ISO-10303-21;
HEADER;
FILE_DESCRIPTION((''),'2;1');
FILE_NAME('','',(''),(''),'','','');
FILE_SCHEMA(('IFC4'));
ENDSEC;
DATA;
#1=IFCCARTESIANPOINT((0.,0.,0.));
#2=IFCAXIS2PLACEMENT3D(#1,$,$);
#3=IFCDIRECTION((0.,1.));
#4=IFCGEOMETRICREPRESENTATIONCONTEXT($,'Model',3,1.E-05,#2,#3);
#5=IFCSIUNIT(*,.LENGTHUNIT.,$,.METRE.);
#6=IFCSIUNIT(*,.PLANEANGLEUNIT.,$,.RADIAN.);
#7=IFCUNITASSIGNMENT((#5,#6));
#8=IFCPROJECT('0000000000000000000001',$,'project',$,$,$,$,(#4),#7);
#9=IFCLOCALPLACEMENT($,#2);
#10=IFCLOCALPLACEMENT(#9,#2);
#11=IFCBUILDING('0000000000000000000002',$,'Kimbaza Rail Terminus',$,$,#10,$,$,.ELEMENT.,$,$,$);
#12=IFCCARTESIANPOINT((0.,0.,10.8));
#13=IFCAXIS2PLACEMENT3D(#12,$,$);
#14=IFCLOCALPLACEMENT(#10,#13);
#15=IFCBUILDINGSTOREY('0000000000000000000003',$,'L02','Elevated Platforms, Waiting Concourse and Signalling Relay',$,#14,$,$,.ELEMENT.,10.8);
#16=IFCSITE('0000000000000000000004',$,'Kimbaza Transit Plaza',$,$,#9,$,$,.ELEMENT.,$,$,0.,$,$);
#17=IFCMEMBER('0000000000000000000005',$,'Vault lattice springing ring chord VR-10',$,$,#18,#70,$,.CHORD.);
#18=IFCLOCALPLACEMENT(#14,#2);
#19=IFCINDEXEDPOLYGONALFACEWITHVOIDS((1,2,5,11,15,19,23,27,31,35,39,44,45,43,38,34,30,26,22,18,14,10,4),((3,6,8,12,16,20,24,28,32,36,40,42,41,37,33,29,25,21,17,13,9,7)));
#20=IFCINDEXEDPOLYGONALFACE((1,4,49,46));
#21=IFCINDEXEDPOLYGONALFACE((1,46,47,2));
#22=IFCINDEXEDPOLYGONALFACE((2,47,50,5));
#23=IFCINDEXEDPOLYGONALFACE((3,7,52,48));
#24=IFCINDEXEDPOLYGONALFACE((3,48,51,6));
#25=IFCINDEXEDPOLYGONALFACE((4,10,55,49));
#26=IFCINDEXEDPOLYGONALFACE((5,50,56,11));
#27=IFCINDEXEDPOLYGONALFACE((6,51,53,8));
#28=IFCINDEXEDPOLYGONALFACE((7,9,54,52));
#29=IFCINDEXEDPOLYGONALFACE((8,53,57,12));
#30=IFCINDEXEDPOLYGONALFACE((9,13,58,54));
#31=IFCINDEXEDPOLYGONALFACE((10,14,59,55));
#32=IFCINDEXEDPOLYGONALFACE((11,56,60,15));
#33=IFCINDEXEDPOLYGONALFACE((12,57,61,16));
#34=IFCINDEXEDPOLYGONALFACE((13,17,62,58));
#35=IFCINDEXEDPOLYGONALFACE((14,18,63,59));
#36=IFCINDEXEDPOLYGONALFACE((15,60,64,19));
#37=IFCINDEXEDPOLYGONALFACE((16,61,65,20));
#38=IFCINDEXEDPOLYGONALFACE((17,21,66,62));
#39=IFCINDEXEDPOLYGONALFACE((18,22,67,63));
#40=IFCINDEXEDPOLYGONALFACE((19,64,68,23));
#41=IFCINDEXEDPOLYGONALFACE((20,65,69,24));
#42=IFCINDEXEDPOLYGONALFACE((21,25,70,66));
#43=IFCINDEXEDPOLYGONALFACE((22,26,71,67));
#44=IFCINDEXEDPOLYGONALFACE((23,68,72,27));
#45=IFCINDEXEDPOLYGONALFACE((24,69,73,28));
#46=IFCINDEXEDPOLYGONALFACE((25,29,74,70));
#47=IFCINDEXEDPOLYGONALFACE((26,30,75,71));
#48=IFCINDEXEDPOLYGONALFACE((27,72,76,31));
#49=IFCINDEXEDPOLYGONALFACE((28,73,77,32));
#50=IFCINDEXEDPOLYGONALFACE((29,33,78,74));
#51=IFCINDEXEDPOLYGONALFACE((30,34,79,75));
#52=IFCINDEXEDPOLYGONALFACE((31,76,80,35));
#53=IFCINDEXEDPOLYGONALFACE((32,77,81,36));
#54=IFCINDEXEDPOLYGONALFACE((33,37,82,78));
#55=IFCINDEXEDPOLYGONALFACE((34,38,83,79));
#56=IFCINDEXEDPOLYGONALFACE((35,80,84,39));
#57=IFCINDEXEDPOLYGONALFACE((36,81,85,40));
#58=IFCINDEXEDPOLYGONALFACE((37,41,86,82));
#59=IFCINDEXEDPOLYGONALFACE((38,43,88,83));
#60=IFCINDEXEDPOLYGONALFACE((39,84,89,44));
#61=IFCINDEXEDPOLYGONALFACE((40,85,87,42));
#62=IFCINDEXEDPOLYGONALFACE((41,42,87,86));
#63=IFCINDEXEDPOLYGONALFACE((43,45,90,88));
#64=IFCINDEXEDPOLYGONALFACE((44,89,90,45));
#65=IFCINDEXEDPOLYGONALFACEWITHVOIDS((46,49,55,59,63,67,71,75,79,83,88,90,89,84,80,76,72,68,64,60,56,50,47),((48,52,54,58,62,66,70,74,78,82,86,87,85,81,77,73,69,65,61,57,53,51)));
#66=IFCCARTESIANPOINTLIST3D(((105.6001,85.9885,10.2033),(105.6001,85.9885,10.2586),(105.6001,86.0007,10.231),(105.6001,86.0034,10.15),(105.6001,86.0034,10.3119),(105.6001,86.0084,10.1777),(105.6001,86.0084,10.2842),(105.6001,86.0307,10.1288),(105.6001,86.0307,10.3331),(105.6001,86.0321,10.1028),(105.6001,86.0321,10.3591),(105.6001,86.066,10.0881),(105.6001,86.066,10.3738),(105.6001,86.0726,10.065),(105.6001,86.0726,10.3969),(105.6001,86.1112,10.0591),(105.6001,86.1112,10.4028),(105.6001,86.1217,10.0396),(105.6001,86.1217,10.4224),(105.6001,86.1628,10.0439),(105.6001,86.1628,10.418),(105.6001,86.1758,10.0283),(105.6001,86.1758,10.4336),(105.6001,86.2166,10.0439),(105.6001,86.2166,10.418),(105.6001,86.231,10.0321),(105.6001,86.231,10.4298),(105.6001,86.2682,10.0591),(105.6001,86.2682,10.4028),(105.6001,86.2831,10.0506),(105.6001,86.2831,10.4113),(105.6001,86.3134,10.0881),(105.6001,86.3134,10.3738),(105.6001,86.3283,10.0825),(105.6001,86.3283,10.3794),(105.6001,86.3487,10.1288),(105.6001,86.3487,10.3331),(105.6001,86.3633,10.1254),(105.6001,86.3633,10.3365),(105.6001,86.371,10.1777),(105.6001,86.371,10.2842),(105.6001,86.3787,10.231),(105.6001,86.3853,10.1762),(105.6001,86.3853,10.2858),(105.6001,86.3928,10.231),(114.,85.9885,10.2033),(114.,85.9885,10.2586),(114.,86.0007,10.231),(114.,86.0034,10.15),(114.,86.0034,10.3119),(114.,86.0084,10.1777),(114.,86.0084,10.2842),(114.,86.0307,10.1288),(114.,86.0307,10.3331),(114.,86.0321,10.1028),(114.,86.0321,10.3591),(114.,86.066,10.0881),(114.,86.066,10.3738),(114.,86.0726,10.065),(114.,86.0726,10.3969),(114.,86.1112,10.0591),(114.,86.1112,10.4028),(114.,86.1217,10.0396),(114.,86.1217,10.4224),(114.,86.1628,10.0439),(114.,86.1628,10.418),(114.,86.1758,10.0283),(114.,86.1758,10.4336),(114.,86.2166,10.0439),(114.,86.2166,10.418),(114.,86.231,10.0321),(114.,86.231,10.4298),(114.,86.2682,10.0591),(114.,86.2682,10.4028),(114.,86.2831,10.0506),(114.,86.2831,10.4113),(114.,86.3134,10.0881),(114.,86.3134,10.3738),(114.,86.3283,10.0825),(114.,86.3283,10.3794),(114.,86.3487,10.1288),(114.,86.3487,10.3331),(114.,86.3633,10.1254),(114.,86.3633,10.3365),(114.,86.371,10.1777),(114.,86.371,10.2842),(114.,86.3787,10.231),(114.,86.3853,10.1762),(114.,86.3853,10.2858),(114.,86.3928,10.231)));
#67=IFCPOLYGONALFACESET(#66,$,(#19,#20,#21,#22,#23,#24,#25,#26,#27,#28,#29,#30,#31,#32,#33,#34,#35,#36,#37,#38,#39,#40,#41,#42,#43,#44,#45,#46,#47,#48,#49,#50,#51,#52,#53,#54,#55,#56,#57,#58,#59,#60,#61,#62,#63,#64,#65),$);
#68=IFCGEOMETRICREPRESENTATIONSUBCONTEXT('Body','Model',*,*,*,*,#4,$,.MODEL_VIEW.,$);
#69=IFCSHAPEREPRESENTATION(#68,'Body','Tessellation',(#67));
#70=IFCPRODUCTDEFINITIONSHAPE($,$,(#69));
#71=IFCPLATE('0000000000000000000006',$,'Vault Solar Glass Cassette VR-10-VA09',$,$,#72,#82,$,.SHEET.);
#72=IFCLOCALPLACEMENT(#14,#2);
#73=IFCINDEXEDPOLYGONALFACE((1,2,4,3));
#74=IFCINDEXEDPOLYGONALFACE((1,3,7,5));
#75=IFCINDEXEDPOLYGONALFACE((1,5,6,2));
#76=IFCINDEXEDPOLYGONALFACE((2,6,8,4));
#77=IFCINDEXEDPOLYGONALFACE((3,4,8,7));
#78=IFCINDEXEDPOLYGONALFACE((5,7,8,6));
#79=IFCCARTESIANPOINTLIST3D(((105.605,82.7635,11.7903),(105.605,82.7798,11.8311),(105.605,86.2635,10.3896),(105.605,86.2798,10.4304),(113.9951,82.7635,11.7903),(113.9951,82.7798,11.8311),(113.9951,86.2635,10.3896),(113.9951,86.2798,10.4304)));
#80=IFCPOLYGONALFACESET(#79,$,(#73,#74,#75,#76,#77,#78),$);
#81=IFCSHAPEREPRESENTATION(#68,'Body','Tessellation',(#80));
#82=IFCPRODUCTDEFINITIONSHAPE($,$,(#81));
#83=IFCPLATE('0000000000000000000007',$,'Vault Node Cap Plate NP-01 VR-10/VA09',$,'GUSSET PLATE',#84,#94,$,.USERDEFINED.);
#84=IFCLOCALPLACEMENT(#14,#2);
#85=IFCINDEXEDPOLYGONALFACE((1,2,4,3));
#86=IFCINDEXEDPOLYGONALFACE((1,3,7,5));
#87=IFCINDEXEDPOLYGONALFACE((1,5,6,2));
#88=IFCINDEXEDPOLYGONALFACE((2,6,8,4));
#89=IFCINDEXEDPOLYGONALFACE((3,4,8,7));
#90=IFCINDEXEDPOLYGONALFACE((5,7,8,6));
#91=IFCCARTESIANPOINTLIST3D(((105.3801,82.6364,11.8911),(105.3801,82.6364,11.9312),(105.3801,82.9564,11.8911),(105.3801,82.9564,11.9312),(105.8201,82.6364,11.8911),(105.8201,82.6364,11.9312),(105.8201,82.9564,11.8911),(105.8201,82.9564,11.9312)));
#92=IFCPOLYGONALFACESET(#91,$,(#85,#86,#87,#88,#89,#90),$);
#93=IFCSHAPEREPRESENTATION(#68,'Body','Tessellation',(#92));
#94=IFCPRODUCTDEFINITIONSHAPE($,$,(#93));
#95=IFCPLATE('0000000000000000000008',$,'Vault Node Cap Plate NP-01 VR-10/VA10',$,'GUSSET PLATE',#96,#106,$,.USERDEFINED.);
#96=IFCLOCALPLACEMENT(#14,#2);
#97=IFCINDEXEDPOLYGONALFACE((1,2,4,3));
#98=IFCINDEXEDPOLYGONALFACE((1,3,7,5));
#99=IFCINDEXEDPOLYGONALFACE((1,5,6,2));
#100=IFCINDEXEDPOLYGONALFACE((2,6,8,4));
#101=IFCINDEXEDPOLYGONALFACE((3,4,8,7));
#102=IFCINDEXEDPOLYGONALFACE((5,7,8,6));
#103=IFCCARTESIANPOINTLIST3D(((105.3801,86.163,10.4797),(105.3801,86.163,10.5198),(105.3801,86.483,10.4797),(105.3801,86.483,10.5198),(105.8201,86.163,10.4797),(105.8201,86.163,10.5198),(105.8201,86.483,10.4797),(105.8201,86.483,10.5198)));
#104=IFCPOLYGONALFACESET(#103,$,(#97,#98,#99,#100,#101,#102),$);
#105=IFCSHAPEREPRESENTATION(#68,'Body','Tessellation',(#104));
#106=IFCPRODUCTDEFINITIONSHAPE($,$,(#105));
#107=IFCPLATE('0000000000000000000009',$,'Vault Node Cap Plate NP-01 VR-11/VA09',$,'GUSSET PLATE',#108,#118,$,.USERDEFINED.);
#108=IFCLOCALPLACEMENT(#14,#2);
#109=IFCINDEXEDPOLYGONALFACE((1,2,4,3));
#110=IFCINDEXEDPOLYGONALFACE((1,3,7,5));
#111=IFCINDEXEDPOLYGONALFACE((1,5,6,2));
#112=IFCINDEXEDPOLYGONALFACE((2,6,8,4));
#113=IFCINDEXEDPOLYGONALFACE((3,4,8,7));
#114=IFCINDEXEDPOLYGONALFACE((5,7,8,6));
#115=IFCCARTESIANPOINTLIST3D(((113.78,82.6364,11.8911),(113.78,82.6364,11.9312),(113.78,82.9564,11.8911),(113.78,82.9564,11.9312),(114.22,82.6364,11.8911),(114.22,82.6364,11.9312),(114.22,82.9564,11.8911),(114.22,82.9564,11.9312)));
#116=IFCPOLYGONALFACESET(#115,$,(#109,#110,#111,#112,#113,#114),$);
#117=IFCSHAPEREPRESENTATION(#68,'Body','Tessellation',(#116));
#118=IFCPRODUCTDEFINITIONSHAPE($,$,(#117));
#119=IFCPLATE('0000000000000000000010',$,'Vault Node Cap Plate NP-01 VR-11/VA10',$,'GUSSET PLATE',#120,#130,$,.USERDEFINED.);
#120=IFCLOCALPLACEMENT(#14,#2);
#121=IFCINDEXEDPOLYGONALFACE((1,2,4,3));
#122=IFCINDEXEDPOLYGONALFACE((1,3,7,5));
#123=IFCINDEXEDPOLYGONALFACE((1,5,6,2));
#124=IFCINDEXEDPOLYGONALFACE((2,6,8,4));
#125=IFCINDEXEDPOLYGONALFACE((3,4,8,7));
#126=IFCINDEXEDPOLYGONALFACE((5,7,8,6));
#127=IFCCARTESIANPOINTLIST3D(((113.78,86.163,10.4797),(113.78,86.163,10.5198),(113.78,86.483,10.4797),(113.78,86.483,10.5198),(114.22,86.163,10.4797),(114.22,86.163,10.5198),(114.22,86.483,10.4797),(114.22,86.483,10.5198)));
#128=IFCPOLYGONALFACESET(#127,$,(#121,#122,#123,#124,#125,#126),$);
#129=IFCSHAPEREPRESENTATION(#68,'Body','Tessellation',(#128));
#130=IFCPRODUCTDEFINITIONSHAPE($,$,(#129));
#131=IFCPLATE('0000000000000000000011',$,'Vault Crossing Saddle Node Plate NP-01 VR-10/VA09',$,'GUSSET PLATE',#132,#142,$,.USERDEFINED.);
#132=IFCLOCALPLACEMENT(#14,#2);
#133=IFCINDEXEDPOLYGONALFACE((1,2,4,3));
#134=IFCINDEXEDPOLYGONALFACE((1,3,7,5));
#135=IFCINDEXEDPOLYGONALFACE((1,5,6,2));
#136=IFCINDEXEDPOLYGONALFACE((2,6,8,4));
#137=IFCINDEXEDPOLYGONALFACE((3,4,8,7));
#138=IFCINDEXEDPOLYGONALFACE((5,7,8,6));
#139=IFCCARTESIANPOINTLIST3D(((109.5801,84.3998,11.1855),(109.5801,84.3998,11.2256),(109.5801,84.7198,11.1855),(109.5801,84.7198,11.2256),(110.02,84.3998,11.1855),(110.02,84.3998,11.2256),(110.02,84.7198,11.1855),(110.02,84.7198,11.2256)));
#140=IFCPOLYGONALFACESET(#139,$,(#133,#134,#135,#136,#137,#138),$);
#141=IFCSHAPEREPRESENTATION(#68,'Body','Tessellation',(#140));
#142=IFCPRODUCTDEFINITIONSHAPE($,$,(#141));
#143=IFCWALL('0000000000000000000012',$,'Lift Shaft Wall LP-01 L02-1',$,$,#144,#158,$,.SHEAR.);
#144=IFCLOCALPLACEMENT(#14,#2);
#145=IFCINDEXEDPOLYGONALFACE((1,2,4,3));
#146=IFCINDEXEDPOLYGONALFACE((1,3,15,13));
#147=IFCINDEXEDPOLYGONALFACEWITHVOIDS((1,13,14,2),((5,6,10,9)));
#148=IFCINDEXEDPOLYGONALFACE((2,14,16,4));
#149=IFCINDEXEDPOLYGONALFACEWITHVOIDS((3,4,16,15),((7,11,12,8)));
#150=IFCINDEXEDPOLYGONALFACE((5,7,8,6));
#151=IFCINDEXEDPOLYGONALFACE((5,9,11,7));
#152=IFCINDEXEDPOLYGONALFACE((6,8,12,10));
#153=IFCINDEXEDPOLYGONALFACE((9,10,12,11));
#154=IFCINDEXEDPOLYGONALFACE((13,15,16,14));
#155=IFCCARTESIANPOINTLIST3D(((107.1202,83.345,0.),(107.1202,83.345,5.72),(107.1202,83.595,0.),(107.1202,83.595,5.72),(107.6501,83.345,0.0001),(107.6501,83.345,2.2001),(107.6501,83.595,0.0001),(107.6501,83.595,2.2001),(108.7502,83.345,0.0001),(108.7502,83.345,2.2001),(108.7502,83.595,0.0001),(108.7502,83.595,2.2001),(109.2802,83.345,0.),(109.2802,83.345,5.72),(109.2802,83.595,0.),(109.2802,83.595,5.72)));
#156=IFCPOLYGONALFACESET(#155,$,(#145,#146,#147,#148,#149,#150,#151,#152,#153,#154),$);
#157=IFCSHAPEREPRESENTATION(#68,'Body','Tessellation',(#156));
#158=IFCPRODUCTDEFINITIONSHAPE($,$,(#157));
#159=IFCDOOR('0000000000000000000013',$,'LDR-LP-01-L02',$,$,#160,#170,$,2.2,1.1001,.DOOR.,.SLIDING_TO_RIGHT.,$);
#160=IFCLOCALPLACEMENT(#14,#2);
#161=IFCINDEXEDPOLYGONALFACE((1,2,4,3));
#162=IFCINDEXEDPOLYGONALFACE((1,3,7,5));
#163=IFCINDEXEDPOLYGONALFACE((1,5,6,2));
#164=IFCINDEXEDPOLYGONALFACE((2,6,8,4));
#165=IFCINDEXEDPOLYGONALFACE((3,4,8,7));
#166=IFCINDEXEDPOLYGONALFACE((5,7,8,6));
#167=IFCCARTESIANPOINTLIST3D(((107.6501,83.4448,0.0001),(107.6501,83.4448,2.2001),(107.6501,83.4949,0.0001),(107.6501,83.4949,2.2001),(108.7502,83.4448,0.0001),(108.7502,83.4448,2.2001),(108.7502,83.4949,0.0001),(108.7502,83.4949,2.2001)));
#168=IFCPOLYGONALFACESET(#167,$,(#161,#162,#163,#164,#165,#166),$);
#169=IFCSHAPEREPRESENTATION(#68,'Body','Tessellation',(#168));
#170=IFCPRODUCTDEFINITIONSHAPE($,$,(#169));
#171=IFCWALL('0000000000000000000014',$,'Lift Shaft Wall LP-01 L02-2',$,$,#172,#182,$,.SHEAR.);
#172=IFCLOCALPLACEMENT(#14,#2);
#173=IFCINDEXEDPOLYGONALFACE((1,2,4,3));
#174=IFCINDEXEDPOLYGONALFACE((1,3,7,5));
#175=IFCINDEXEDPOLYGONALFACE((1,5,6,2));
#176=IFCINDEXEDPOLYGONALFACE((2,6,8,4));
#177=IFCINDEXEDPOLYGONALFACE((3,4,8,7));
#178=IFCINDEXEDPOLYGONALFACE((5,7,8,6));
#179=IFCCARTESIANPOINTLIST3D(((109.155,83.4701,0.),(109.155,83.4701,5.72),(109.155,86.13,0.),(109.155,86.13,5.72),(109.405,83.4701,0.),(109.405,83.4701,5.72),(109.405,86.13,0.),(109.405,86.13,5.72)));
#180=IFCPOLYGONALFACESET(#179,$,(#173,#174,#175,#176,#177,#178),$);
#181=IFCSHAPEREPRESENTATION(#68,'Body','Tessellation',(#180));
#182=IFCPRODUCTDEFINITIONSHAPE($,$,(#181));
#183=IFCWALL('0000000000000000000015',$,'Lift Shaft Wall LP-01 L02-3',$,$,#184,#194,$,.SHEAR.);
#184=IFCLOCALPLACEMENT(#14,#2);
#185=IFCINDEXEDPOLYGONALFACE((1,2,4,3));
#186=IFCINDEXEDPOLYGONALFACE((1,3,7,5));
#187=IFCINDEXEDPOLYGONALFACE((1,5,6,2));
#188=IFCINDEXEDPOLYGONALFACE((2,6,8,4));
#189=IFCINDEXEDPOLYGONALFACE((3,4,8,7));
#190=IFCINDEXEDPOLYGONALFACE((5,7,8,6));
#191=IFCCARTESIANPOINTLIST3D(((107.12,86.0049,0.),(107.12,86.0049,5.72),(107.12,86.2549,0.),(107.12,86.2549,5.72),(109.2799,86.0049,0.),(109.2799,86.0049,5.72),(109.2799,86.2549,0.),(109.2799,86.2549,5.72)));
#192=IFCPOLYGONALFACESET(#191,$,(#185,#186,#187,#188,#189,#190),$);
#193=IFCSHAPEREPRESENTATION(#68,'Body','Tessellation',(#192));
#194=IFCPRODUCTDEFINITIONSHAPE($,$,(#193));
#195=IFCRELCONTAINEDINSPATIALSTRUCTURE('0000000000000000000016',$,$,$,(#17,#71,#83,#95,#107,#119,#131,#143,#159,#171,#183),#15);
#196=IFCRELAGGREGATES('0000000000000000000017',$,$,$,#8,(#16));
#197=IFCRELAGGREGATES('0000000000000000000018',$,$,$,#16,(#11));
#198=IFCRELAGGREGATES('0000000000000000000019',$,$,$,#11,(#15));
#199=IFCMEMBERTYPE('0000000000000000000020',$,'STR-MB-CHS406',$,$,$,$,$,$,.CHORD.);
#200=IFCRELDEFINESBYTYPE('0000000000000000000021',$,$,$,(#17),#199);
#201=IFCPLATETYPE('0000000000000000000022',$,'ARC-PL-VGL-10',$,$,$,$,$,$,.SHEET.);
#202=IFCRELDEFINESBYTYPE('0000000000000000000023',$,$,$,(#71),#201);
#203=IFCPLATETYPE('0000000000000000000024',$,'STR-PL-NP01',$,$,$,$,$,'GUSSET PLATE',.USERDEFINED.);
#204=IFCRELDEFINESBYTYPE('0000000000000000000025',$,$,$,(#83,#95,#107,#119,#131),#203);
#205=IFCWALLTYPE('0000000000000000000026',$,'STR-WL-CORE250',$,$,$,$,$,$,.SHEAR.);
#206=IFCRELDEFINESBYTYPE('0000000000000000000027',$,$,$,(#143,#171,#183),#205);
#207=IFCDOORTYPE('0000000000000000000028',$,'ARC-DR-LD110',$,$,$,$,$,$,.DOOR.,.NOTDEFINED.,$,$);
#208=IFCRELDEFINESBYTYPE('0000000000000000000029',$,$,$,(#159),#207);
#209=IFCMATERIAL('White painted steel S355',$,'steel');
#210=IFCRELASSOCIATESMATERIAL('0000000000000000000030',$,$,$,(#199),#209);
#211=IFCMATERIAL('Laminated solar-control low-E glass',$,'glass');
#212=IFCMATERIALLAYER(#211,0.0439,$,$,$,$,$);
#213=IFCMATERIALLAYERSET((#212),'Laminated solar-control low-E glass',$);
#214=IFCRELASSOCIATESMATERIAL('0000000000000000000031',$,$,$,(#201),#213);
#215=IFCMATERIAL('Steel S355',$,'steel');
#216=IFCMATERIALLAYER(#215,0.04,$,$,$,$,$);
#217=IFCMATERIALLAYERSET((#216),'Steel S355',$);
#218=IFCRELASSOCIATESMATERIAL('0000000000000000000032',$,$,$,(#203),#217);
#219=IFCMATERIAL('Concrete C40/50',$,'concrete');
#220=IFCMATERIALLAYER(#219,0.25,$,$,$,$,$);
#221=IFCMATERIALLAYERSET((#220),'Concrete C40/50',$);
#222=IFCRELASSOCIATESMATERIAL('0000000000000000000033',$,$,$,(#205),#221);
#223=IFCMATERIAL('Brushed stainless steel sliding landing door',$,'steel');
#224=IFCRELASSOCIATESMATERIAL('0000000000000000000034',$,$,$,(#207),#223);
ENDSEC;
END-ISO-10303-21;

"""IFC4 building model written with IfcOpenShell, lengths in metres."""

from ifc_helpers import new_model, si_unit, direction, frame, frame_2d, origin, origin_2d, place, context, subcontext, project, spatial, polyline, rectangle, hollow_circle, outline, extrude, material, layer, layer_set, material_profile, profile_set, type_object, element, fill, save


model = new_model("IFC4")

# Units and contexts
model_context = context("Model", 3, precision=1e-05, world=origin(), true_north=direction((0.0, 1.0)))
body_context = subcontext(model_context, "Body", "Model", "MODEL_VIEW")
ifc_project = project(units=[si_unit("LENGTHUNIT", "METRE"), si_unit("PLANEANGLEUNIT", "RADIAN")], contexts=[model_context])

# Site, building, storey
site_placement = place(None, origin())
site = spatial("IfcSite", under=ifc_project, at=site_placement, Name="Kimbaza Transit Plaza", CompositionType="ELEMENT", RefElevation=0.0)
building_placement = place(site_placement, origin())
building = spatial("IfcBuilding", under=site, at=building_placement, Name="Kimbaza Rail Terminus", CompositionType="ELEMENT")
storey_placement = place(building_placement, frame((0.0, 0.0, 10.8)))
storey = spatial("IfcBuildingStorey", under=building, at=storey_placement, Name="L02", Description="Elevated Platforms, Waiting Concourse and Signalling Relay", CompositionType="ELEMENT", Elevation=10.8)

# Member
ifc_material_1 = material(Name="White painted steel S355", Category="steel")
ifc_material_profile_1 = material_profile(ifc_material_1, hollow_circle(Radius=0.2031, WallThickness=0.0142, at=origin_2d()), Name="CHS 406.4x14.2")
ifc_profile_set_1 = profile_set([ifc_material_profile_1], Name="White painted steel S355")
member_type_1 = type_object("IfcMemberType", Name="STR-MB-CHS406", PredefinedType="CHORD", material=ifc_profile_set_1)
member_1_placement = place(storey_placement, frame((105.6001, 86.1897, 10.231), z_axis=(1.0, 0.0, 0.0), x_axis=(0.0, 1.0, 0.0)))
element("IfcMember", 1, at=member_1_placement, inside=storey, type_object=member_type_1, Name="Vault lattice springing ring chord VR-10", PredefinedType="CHORD", context=body_context, shape_type="SweptSolid", body=[
    extrude(hollow_circle(Radius=0.2031, WallThickness=0.0142, at=origin_2d()), origin(), (0.0, 0.0, 1.0), 8.3999),
])

# Plates
ifc_material_2 = material(Name="Laminated solar-control low-E glass", Category="glass")
ifc_layer_1 = layer(ifc_material_2, 0.0439)
ifc_layer_set_1 = layer_set([ifc_layer_1], Name="Laminated solar-control low-E glass")
plate_type_1 = type_object("IfcPlateType", Name="ARC-PL-VGL-10", PredefinedType="SHEET", material=ifc_layer_set_1)
plate_placement = place(storey_placement, frame((105.605, 82.7798, 11.8311), z_axis=(0.0, 0.371536, 0.928419), x_axis=(1.0, 0.0, 0.0)))
element("IfcPlate", 2, at=plate_placement, inside=storey, type_object=plate_type_1, Name="Vault Solar Glass Cassette VR-10-VA09", PredefinedType="SHEET", context=body_context, shape_type="SweptSolid", body=[
    extrude(outline(polyline([(0.0, 0.0), (8.3901, 0.0), (8.3901, 3.7699), (0.0, 3.7699), (0.0, 0.0)])), origin(), (0.0, 0.0, -1.0), 0.0439),
])
ifc_material_3 = material(Name="Steel S355", Category="steel")
ifc_layer_2 = layer(ifc_material_3, 0.04)
ifc_layer_set_2 = layer_set([ifc_layer_2], Name="Steel S355")
plate_type_2 = type_object("IfcPlateType", Name="STR-PL-NP01", ElementType="GUSSET PLATE", PredefinedType="USERDEFINED", material=ifc_layer_set_2)
for number, where, z_axis, x_axis, name in (
    (3, (105.6001, 82.7964, 11.8911), (0.0, 0.0, 1.0), (1.0, 0.0, 0.0), "Vault Node Cap Plate NP-01 VR-10/VA09"),
    (4, (105.6001, 86.323, 10.4797), (0.0, 0.0, 1.0), (1.0, 0.0, 0.0), "Vault Node Cap Plate NP-01 VR-10/VA10"),
    (5, (114.0, 82.7964, 11.8911), (0.0, 0.0, 1.0), (1.0, 0.0, 0.0), "Vault Node Cap Plate NP-01 VR-11/VA09"),
    (6, (114.0, 86.323, 10.4797), (0.0, 0.0, 1.0), (1.0, 0.0, 0.0), "Vault Node Cap Plate NP-01 VR-11/VA10"),
    (7, (109.8, 84.5598, 11.1855), (0.0, 0.0, 1.0), (1.0, 0.0, 0.0), "Vault Crossing Saddle Node Plate NP-01 VR-10/VA09"),
):
    element("IfcPlate", number, at=place(storey_placement, frame(where, z_axis=z_axis, x_axis=x_axis)), inside=storey, type_object=plate_type_2, Name=name, ObjectType="GUSSET PLATE", PredefinedType="USERDEFINED", context=body_context, shape_type="SweptSolid", body=[
        extrude(rectangle(XDim=0.4399, YDim=0.3201, at=origin_2d()), origin(), (0.0, 0.0, 1.0), 0.04),
    ])

# Wall, opening, door
ifc_material_4 = material(Name="Concrete C40/50", Category="concrete")
ifc_layer_3 = layer(ifc_material_4, 0.25)
ifc_layer_set_3 = layer_set([ifc_layer_3], Name="Concrete C40/50")
wall_type = type_object("IfcWallType", Name="STR-WL-CORE250", PredefinedType="SHEAR", material=ifc_layer_set_3)
wall_1_placement = place(storey_placement, frame((107.1201, 83.47, 0.0), z_axis=(0.0, 0.0, 1.0), x_axis=(1.0, 0.0, 0.0)))
wall_1 = element("IfcWall", 8, at=wall_1_placement, inside=storey, type_object=wall_type, Name="Lift Shaft Wall LP-01 L02-1", PredefinedType="SHEAR", context=body_context, shape_type="SweptSolid", body=[
    extrude(rectangle(XDim=2.1599, YDim=0.25, at=frame_2d((1.0801, 0.0))), origin(), (0.0, 0.0, 1.0), 5.72),
])
opening_1_placement = place(wall_1_placement, frame((0.53, 0.0, 0.0)))
opening_1 = element("IfcOpeningElement", 9, at=opening_1_placement, cuts=wall_1, PredefinedType="OPENING", context=body_context, shape_type="SweptSolid", body=[
    extrude(rectangle(XDim=1.1001, YDim=2.2, at=frame_2d((0.55, 1.1001))), frame((0.0, 0.135, 0.0), z_axis=(0.0, -1.0, 0.0), x_axis=(1.0, 0.0, 0.0)), (0.0, 0.0, 1.0), 0.27),
])
ifc_material_5 = material(Name="Brushed stainless steel sliding landing door", Category="steel")
door_type = type_object("IfcDoorType", Name="ARC-DR-LD110", OperationType="NOTDEFINED", PredefinedType="DOOR", material=ifc_material_5)
door_1_placement = place(opening_1_placement, origin())
door_1 = element("IfcDoor", 10, at=door_1_placement, inside=storey, type_object=door_type, Name="LDR-LP-01-L02", OperationType="SLIDING_TO_RIGHT", OverallHeight=2.2, OverallWidth=1.1001, PredefinedType="DOOR", context=body_context, shape_type="SweptSolid", body=[
    extrude(rectangle(XDim=1.1001, YDim=2.2, at=frame_2d((0.55, 1.1001))), frame((0.0, 0.0249, 0.0), z_axis=(0.0, -1.0, 0.0), x_axis=(1.0, 0.0, 0.0)), (0.0, 0.0, 1.0), 0.05),
])
fill(opening_1, door_1)

# Walls
wall_2_placement = place(storey_placement, frame((109.28, 83.47, 0.0), z_axis=(0.0, 0.0, 1.0), x_axis=(0.0, 1.0, 0.0)))
element("IfcWall", 11, at=wall_2_placement, inside=storey, type_object=wall_type, Name="Lift Shaft Wall LP-01 L02-2", PredefinedType="SHEAR", context=body_context, shape_type="SweptSolid", body=[
    extrude(rectangle(XDim=2.6599, YDim=0.25, at=frame_2d((1.3301, 0.0))), origin(), (0.0, 0.0, 1.0), 5.72),
])
wall_3_placement = place(storey_placement, frame((109.28, 86.1299, 0.0), z_axis=(0.0, 0.0, 1.0), x_axis=(-1.0, 0.0, 0.0)))
element("IfcWall", 12, at=wall_3_placement, inside=storey, type_object=wall_type, Name="Lift Shaft Wall LP-01 L02-3", PredefinedType="SHEAR", context=body_context, shape_type="SweptSolid", body=[
    extrude(rectangle(XDim=2.1599, YDim=0.25, at=frame_2d((1.0801, 0.0))), origin(), (0.0, 0.0, 1.0), 5.72),
])

save(model, "model.ifc")
